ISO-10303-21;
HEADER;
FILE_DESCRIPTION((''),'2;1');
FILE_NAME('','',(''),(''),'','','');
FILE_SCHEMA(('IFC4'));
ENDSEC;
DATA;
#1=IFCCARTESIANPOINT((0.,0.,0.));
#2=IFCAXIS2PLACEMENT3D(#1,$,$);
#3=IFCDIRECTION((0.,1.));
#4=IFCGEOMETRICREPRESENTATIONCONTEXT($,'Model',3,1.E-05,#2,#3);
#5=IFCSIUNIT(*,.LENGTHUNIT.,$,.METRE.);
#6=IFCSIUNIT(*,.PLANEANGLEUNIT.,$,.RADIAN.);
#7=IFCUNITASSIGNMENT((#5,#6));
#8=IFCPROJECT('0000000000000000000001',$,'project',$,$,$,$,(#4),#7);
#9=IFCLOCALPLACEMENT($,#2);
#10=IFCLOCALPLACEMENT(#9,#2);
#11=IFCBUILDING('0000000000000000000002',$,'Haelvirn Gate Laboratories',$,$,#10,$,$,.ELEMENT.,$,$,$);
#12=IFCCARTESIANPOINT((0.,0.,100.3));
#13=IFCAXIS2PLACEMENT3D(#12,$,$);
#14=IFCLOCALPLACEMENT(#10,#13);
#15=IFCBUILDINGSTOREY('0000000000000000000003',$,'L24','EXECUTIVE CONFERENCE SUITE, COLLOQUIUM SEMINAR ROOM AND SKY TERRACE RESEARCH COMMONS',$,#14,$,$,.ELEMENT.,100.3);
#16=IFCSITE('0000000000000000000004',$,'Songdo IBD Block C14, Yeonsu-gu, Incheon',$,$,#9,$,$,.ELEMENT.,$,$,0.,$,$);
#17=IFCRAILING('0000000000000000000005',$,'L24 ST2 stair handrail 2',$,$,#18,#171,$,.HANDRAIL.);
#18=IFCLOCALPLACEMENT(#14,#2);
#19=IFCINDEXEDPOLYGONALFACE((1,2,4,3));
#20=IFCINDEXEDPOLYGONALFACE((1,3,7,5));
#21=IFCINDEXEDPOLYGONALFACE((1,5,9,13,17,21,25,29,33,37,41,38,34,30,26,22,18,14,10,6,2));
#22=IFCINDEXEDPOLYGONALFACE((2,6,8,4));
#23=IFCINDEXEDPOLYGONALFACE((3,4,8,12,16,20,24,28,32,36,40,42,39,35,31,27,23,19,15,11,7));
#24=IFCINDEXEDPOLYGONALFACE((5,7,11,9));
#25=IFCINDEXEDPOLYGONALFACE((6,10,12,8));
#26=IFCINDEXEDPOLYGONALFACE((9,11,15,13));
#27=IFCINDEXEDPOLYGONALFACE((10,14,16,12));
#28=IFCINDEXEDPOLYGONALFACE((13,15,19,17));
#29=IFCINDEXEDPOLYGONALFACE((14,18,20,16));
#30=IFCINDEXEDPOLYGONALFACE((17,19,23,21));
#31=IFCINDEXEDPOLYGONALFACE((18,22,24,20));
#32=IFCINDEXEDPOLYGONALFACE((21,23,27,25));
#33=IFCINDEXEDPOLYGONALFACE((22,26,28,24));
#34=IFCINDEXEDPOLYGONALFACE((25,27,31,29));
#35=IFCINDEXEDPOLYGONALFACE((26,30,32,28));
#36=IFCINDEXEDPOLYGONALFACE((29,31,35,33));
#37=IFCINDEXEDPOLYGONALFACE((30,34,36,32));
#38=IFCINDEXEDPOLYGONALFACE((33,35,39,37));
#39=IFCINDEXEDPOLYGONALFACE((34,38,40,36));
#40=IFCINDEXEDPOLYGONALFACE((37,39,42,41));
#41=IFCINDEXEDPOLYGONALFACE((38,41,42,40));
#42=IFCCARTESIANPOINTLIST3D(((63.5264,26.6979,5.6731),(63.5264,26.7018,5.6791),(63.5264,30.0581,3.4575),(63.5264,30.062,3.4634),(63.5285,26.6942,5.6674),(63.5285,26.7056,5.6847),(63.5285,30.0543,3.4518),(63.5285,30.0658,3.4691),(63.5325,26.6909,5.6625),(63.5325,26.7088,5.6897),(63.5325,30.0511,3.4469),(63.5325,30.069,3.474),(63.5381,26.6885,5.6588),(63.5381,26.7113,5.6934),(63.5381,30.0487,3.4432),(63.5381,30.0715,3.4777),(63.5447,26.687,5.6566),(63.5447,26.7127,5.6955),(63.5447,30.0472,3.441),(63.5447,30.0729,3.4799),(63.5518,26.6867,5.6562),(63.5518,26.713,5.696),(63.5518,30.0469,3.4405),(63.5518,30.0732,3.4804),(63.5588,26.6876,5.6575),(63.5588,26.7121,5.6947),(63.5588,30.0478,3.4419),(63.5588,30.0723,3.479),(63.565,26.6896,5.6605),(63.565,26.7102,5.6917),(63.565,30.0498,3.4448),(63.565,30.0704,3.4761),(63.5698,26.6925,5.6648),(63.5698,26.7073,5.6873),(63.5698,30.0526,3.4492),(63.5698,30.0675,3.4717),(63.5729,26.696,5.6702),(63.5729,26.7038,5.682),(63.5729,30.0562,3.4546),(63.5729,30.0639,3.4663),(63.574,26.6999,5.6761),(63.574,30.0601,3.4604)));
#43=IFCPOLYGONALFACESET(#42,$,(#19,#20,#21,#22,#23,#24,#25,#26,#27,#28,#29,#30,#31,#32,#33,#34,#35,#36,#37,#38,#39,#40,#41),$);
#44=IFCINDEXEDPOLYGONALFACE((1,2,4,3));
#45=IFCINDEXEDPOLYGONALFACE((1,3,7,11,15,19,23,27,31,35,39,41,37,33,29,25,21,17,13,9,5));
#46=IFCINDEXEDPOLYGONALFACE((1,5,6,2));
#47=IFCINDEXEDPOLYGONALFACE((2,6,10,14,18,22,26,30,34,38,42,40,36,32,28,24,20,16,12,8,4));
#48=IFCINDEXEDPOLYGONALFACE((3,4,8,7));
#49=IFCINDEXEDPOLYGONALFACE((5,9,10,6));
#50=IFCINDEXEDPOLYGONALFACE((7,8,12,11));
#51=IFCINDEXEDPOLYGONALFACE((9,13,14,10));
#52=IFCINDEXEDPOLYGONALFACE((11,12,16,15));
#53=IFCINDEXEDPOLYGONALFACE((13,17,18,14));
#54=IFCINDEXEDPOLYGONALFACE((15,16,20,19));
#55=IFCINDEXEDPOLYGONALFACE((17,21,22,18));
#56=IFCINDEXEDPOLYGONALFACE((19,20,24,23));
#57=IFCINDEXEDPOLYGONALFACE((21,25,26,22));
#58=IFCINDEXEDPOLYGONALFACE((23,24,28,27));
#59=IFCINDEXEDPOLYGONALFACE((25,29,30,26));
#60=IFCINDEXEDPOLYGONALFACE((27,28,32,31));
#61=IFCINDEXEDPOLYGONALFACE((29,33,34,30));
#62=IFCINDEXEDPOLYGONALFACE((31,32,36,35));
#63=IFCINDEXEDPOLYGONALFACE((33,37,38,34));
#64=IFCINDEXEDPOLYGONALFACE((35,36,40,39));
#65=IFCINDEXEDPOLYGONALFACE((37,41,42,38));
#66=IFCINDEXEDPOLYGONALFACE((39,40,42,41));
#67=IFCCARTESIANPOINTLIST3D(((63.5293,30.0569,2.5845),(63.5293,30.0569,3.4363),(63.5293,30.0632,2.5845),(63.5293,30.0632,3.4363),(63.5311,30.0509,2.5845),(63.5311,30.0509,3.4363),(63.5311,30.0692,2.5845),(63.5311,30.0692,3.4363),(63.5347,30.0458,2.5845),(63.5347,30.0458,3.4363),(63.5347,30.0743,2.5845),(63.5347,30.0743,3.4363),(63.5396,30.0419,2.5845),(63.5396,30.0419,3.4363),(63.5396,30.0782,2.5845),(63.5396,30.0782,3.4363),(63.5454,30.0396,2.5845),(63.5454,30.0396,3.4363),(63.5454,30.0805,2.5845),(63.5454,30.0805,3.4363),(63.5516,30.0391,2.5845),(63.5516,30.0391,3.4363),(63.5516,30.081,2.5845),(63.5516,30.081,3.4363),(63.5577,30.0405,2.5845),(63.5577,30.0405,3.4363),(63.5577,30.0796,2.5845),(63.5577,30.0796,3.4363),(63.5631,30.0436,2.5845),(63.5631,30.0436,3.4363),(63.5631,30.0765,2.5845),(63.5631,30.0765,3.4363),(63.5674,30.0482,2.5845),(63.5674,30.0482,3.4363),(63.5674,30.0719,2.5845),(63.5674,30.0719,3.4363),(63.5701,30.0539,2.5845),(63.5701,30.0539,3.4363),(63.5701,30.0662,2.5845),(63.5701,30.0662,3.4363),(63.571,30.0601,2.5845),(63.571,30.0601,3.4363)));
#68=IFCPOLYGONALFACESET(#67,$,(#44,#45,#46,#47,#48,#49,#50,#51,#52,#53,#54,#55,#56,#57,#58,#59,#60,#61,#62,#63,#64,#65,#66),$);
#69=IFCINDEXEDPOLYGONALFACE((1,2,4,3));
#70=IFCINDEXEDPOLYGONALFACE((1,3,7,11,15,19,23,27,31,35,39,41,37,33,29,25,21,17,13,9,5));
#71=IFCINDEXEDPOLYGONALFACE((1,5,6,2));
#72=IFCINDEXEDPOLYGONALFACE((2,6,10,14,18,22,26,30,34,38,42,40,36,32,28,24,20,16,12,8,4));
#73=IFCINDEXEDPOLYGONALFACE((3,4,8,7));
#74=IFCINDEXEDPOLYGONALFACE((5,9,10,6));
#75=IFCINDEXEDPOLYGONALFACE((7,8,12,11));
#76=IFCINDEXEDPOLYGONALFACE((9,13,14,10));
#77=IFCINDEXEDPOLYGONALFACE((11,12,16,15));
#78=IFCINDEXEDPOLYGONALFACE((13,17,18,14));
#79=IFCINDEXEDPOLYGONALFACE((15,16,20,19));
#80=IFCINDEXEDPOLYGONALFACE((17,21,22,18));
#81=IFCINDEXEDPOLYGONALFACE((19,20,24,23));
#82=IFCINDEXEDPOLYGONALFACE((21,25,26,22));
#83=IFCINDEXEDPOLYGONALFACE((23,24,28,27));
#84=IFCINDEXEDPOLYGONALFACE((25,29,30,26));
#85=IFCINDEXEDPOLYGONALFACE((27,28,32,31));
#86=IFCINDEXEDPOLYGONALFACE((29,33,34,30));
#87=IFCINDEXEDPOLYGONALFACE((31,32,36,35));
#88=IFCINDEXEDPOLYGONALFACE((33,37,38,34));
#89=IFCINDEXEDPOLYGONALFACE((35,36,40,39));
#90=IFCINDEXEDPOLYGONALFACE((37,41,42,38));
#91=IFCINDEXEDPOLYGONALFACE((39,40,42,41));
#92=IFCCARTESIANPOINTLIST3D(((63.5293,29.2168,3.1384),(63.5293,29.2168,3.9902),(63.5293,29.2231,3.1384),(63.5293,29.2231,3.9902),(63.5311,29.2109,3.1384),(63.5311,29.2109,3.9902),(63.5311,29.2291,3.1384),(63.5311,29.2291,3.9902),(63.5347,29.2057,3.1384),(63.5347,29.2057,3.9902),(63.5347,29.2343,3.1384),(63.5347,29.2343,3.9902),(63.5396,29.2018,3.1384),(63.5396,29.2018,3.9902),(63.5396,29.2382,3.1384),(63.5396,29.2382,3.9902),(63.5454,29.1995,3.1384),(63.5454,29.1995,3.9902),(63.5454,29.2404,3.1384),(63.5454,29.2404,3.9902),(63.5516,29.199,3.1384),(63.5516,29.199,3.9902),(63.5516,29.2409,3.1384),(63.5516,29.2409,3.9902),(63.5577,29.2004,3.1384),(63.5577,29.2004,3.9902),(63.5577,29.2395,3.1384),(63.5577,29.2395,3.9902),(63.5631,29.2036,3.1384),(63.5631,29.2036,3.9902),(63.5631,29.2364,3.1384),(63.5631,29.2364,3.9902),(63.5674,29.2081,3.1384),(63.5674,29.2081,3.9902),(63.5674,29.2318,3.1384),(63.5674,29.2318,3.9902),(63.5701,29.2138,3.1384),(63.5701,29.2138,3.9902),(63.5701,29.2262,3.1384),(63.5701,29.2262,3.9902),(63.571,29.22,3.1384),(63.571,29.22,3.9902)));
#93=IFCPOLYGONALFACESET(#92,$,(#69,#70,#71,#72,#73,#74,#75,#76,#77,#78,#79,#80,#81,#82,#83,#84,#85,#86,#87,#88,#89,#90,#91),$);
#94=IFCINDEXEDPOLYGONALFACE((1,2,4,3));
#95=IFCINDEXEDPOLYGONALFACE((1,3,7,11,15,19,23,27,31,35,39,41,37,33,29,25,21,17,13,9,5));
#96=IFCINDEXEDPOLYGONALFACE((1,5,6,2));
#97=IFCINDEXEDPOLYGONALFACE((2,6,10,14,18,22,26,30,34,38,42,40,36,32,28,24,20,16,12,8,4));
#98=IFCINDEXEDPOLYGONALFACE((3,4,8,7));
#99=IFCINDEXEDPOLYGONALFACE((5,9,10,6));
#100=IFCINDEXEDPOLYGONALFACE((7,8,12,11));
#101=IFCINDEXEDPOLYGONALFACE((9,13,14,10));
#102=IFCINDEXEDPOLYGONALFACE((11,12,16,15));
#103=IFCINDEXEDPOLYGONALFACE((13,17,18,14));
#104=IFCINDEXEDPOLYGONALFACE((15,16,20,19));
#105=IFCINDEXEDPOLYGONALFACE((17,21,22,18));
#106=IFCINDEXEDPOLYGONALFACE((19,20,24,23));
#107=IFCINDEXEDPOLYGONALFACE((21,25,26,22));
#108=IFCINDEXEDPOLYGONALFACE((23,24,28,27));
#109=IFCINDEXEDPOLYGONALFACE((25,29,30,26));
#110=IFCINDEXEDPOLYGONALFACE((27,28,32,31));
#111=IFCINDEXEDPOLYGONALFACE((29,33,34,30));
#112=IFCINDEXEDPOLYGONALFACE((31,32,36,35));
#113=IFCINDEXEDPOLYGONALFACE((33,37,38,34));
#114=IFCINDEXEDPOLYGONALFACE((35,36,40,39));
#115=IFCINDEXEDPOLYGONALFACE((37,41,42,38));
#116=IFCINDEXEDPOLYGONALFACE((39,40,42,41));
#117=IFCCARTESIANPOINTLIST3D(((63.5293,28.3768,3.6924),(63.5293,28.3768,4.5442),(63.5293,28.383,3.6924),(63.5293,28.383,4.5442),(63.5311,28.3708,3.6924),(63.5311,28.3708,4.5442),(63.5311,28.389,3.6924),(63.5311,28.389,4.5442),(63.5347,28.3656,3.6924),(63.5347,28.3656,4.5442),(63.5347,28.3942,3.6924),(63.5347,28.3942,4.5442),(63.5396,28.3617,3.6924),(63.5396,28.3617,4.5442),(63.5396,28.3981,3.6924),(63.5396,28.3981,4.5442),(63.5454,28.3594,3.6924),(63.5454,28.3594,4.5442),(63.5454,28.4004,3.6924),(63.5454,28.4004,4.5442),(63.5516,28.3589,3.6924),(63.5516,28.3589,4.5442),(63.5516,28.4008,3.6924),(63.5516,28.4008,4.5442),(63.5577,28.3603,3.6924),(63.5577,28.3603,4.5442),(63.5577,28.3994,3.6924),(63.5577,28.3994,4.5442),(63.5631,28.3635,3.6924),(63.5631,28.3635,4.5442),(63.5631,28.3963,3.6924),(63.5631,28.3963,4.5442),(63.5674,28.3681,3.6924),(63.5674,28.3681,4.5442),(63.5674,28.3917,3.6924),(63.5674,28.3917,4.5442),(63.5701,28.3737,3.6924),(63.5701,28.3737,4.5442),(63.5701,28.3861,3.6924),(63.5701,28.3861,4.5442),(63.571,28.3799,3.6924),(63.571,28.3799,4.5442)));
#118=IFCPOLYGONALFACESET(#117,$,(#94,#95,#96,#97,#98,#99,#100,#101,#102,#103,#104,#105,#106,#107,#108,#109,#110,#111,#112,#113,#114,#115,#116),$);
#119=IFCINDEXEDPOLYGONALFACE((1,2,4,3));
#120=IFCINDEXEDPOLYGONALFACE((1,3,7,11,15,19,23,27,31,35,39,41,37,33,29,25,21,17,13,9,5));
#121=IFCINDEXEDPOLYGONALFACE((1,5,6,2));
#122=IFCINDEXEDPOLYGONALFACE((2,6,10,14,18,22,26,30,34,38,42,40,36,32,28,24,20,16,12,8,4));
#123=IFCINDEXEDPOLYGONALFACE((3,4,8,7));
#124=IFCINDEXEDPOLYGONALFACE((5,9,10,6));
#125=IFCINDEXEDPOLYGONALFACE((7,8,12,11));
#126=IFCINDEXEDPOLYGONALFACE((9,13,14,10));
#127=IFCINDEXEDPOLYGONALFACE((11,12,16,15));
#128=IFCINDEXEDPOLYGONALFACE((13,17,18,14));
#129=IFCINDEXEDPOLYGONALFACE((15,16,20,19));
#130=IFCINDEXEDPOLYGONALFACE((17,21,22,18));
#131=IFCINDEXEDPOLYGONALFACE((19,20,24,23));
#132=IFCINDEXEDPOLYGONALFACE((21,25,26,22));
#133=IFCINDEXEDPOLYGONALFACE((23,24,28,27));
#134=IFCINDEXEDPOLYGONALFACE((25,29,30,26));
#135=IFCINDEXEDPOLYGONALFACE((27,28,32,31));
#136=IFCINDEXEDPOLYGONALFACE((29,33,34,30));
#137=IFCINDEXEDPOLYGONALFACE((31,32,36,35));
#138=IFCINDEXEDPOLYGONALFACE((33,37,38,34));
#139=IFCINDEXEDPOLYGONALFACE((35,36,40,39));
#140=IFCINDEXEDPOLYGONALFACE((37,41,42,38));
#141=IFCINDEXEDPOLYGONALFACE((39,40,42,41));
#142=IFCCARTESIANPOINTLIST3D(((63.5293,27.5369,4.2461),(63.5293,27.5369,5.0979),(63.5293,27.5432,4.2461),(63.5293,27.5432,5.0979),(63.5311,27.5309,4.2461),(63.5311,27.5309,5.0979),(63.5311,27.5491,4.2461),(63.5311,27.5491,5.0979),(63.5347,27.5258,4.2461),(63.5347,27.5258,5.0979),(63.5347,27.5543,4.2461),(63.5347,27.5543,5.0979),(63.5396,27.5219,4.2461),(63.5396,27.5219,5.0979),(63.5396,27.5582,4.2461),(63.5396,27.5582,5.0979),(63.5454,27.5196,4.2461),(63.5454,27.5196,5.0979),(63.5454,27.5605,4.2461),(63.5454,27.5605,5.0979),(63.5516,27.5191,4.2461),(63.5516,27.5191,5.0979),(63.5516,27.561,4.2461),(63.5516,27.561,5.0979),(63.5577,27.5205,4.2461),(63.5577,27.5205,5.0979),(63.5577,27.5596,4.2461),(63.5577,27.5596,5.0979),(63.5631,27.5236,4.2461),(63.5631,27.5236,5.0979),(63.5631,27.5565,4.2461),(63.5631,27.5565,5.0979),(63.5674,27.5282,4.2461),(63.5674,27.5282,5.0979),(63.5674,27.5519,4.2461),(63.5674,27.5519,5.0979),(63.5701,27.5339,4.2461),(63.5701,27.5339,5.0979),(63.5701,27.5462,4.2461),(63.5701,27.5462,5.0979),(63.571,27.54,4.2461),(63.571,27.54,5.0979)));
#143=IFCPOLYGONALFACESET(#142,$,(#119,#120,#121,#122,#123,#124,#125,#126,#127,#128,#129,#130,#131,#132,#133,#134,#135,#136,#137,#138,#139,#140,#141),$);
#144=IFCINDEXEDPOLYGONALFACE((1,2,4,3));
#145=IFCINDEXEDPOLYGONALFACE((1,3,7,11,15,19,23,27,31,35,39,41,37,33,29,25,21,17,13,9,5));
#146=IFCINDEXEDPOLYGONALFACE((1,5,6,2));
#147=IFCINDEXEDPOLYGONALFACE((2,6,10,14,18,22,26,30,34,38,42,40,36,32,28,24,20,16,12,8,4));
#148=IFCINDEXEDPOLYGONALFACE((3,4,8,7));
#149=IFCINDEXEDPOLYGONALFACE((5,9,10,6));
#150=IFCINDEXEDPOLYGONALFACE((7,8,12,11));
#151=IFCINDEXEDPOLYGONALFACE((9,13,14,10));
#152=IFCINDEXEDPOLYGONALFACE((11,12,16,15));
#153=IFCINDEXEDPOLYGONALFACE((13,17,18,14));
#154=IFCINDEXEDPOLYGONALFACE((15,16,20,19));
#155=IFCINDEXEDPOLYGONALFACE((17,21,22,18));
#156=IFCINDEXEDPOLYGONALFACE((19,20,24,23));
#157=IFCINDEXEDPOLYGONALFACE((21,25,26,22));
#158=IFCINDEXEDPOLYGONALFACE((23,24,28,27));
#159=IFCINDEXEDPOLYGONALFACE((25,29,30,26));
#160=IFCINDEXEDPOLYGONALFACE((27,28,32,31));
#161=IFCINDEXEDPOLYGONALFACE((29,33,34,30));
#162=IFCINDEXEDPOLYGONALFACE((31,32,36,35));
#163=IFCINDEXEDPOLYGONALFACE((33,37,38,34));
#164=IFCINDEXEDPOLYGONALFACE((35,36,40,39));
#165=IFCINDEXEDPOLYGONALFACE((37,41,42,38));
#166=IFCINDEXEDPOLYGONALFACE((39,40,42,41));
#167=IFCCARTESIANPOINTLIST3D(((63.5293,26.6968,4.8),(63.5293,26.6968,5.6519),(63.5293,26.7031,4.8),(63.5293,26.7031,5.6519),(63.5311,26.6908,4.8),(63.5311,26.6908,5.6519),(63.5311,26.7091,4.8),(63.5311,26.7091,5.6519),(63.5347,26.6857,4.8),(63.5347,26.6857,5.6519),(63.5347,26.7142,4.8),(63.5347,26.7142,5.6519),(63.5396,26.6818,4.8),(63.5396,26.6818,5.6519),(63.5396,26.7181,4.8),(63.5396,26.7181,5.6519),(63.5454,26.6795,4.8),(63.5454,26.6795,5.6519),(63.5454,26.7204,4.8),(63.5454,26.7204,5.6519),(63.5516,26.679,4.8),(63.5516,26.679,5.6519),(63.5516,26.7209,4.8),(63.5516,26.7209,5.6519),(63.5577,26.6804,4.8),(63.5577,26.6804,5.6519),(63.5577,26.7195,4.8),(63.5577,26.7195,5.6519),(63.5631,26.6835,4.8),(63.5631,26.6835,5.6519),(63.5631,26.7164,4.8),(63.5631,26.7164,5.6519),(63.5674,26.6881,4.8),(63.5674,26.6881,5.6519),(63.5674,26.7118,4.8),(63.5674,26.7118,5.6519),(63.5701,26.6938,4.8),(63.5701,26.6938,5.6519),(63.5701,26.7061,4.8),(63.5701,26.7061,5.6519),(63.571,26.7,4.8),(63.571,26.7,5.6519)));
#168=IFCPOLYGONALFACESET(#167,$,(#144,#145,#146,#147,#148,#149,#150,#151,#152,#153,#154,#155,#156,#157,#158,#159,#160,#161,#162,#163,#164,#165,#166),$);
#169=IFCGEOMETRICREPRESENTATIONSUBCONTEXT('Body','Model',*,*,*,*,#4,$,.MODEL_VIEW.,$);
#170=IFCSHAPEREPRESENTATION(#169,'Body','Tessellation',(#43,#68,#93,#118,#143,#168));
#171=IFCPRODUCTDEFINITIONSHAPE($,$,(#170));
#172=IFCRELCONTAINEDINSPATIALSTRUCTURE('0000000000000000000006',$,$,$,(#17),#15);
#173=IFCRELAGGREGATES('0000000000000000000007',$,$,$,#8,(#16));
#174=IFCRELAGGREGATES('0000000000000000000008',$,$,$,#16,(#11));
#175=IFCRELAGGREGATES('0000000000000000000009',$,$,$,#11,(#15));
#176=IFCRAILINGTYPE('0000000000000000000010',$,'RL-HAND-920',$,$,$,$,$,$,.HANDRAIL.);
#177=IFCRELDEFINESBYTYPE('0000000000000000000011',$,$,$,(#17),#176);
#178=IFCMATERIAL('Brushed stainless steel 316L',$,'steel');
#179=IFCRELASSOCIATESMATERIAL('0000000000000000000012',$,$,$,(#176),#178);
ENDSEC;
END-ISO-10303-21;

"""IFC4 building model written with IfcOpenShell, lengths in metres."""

from ifc_helpers import new_model, si_unit, direction, frame, origin, origin_2d, place, context, subcontext, project, spatial, circle, extrude, source, transform, mapped, material, type_object, element, save


model = new_model("IFC4")

# Units and contexts
model_context = context("Model", 3, precision=1e-05, world=origin(), true_north=direction((0.0, 1.0)))
body_context = subcontext(model_context, "Body", "Model", "MODEL_VIEW")
ifc_project = project(units=[si_unit("LENGTHUNIT", "METRE"), si_unit("PLANEANGLEUNIT", "RADIAN")], contexts=[model_context])

# Site, building, storey
site_placement = place(None, origin())
site = spatial("IfcSite", under=ifc_project, at=site_placement, Name="Songdo IBD Block C14, Yeonsu-gu, Incheon", CompositionType="ELEMENT", RefElevation=0.0)
building_placement = place(site_placement, origin())
building = spatial("IfcBuilding", under=site, at=building_placement, Name="Haelvirn Gate Laboratories", CompositionType="ELEMENT")
storey_placement = place(building_placement, frame((0.0, 0.0, 100.3)))
storey = spatial("IfcBuildingStorey", under=building, at=storey_placement, Name="L24", Description="EXECUTIVE CONFERENCE SUITE, COLLOQUIUM SEMINAR ROOM AND SKY TERRACE RESEARCH COMMONS", CompositionType="ELEMENT", Elevation=100.3)

# Railing
ifc_material_1 = material(Name="Brushed stainless steel 316L", Category="steel")
railing_type_1 = type_object("IfcRailingType", Name="RL-HAND-920", PredefinedType="HANDRAIL", material=ifc_material_1)
shared_shape_1 = source(origin(), body_context, "Body", "SweptSolid", [
    extrude(circle(Radius=0.0239, at=origin_2d()), frame((0.0, 0.0, 0.876), z_axis=(0.0, -0.834849, 0.55048), x_axis=(1.0, 0.0, 0.0)), (0.0, 0.0, 1.0), 4.0249),
    extrude(circle(Radius=0.021, at=origin_2d()), origin(), (0.0, 0.0, 1.0), 0.8518),
    extrude(circle(Radius=0.021, at=origin_2d()), frame((0.0, -0.8401, 0.554)), (0.0, 0.0, 1.0), 0.8518),
    extrude(circle(Radius=0.021, at=origin_2d()), frame((0.0, -1.6802, 1.1079)), (0.0, 0.0, 1.0), 0.8518),
    extrude(circle(Radius=0.021, at=origin_2d()), frame((0.0, -2.52, 1.6616)), (0.0, 0.0, 1.0), 0.8518),
    extrude(circle(Radius=0.021, at=origin_2d()), frame((0.0, -3.3601, 2.2156)), (0.0, 0.0, 1.0), 0.8518),
])
railing_1_placement = place(storey_placement, frame((63.55, 30.0601, 2.5845)))
element("IfcRailing", 1, at=railing_1_placement, inside=storey, type_object=railing_type_1, Name="L24 ST2 stair handrail 2", PredefinedType="HANDRAIL", context=body_context, shape_type="MappedRepresentation", body=[
    mapped(shared_shape_1, transform((0.0, 0.0, 0.0), scale=1.0)),
])

save(model, "model.ifc")
